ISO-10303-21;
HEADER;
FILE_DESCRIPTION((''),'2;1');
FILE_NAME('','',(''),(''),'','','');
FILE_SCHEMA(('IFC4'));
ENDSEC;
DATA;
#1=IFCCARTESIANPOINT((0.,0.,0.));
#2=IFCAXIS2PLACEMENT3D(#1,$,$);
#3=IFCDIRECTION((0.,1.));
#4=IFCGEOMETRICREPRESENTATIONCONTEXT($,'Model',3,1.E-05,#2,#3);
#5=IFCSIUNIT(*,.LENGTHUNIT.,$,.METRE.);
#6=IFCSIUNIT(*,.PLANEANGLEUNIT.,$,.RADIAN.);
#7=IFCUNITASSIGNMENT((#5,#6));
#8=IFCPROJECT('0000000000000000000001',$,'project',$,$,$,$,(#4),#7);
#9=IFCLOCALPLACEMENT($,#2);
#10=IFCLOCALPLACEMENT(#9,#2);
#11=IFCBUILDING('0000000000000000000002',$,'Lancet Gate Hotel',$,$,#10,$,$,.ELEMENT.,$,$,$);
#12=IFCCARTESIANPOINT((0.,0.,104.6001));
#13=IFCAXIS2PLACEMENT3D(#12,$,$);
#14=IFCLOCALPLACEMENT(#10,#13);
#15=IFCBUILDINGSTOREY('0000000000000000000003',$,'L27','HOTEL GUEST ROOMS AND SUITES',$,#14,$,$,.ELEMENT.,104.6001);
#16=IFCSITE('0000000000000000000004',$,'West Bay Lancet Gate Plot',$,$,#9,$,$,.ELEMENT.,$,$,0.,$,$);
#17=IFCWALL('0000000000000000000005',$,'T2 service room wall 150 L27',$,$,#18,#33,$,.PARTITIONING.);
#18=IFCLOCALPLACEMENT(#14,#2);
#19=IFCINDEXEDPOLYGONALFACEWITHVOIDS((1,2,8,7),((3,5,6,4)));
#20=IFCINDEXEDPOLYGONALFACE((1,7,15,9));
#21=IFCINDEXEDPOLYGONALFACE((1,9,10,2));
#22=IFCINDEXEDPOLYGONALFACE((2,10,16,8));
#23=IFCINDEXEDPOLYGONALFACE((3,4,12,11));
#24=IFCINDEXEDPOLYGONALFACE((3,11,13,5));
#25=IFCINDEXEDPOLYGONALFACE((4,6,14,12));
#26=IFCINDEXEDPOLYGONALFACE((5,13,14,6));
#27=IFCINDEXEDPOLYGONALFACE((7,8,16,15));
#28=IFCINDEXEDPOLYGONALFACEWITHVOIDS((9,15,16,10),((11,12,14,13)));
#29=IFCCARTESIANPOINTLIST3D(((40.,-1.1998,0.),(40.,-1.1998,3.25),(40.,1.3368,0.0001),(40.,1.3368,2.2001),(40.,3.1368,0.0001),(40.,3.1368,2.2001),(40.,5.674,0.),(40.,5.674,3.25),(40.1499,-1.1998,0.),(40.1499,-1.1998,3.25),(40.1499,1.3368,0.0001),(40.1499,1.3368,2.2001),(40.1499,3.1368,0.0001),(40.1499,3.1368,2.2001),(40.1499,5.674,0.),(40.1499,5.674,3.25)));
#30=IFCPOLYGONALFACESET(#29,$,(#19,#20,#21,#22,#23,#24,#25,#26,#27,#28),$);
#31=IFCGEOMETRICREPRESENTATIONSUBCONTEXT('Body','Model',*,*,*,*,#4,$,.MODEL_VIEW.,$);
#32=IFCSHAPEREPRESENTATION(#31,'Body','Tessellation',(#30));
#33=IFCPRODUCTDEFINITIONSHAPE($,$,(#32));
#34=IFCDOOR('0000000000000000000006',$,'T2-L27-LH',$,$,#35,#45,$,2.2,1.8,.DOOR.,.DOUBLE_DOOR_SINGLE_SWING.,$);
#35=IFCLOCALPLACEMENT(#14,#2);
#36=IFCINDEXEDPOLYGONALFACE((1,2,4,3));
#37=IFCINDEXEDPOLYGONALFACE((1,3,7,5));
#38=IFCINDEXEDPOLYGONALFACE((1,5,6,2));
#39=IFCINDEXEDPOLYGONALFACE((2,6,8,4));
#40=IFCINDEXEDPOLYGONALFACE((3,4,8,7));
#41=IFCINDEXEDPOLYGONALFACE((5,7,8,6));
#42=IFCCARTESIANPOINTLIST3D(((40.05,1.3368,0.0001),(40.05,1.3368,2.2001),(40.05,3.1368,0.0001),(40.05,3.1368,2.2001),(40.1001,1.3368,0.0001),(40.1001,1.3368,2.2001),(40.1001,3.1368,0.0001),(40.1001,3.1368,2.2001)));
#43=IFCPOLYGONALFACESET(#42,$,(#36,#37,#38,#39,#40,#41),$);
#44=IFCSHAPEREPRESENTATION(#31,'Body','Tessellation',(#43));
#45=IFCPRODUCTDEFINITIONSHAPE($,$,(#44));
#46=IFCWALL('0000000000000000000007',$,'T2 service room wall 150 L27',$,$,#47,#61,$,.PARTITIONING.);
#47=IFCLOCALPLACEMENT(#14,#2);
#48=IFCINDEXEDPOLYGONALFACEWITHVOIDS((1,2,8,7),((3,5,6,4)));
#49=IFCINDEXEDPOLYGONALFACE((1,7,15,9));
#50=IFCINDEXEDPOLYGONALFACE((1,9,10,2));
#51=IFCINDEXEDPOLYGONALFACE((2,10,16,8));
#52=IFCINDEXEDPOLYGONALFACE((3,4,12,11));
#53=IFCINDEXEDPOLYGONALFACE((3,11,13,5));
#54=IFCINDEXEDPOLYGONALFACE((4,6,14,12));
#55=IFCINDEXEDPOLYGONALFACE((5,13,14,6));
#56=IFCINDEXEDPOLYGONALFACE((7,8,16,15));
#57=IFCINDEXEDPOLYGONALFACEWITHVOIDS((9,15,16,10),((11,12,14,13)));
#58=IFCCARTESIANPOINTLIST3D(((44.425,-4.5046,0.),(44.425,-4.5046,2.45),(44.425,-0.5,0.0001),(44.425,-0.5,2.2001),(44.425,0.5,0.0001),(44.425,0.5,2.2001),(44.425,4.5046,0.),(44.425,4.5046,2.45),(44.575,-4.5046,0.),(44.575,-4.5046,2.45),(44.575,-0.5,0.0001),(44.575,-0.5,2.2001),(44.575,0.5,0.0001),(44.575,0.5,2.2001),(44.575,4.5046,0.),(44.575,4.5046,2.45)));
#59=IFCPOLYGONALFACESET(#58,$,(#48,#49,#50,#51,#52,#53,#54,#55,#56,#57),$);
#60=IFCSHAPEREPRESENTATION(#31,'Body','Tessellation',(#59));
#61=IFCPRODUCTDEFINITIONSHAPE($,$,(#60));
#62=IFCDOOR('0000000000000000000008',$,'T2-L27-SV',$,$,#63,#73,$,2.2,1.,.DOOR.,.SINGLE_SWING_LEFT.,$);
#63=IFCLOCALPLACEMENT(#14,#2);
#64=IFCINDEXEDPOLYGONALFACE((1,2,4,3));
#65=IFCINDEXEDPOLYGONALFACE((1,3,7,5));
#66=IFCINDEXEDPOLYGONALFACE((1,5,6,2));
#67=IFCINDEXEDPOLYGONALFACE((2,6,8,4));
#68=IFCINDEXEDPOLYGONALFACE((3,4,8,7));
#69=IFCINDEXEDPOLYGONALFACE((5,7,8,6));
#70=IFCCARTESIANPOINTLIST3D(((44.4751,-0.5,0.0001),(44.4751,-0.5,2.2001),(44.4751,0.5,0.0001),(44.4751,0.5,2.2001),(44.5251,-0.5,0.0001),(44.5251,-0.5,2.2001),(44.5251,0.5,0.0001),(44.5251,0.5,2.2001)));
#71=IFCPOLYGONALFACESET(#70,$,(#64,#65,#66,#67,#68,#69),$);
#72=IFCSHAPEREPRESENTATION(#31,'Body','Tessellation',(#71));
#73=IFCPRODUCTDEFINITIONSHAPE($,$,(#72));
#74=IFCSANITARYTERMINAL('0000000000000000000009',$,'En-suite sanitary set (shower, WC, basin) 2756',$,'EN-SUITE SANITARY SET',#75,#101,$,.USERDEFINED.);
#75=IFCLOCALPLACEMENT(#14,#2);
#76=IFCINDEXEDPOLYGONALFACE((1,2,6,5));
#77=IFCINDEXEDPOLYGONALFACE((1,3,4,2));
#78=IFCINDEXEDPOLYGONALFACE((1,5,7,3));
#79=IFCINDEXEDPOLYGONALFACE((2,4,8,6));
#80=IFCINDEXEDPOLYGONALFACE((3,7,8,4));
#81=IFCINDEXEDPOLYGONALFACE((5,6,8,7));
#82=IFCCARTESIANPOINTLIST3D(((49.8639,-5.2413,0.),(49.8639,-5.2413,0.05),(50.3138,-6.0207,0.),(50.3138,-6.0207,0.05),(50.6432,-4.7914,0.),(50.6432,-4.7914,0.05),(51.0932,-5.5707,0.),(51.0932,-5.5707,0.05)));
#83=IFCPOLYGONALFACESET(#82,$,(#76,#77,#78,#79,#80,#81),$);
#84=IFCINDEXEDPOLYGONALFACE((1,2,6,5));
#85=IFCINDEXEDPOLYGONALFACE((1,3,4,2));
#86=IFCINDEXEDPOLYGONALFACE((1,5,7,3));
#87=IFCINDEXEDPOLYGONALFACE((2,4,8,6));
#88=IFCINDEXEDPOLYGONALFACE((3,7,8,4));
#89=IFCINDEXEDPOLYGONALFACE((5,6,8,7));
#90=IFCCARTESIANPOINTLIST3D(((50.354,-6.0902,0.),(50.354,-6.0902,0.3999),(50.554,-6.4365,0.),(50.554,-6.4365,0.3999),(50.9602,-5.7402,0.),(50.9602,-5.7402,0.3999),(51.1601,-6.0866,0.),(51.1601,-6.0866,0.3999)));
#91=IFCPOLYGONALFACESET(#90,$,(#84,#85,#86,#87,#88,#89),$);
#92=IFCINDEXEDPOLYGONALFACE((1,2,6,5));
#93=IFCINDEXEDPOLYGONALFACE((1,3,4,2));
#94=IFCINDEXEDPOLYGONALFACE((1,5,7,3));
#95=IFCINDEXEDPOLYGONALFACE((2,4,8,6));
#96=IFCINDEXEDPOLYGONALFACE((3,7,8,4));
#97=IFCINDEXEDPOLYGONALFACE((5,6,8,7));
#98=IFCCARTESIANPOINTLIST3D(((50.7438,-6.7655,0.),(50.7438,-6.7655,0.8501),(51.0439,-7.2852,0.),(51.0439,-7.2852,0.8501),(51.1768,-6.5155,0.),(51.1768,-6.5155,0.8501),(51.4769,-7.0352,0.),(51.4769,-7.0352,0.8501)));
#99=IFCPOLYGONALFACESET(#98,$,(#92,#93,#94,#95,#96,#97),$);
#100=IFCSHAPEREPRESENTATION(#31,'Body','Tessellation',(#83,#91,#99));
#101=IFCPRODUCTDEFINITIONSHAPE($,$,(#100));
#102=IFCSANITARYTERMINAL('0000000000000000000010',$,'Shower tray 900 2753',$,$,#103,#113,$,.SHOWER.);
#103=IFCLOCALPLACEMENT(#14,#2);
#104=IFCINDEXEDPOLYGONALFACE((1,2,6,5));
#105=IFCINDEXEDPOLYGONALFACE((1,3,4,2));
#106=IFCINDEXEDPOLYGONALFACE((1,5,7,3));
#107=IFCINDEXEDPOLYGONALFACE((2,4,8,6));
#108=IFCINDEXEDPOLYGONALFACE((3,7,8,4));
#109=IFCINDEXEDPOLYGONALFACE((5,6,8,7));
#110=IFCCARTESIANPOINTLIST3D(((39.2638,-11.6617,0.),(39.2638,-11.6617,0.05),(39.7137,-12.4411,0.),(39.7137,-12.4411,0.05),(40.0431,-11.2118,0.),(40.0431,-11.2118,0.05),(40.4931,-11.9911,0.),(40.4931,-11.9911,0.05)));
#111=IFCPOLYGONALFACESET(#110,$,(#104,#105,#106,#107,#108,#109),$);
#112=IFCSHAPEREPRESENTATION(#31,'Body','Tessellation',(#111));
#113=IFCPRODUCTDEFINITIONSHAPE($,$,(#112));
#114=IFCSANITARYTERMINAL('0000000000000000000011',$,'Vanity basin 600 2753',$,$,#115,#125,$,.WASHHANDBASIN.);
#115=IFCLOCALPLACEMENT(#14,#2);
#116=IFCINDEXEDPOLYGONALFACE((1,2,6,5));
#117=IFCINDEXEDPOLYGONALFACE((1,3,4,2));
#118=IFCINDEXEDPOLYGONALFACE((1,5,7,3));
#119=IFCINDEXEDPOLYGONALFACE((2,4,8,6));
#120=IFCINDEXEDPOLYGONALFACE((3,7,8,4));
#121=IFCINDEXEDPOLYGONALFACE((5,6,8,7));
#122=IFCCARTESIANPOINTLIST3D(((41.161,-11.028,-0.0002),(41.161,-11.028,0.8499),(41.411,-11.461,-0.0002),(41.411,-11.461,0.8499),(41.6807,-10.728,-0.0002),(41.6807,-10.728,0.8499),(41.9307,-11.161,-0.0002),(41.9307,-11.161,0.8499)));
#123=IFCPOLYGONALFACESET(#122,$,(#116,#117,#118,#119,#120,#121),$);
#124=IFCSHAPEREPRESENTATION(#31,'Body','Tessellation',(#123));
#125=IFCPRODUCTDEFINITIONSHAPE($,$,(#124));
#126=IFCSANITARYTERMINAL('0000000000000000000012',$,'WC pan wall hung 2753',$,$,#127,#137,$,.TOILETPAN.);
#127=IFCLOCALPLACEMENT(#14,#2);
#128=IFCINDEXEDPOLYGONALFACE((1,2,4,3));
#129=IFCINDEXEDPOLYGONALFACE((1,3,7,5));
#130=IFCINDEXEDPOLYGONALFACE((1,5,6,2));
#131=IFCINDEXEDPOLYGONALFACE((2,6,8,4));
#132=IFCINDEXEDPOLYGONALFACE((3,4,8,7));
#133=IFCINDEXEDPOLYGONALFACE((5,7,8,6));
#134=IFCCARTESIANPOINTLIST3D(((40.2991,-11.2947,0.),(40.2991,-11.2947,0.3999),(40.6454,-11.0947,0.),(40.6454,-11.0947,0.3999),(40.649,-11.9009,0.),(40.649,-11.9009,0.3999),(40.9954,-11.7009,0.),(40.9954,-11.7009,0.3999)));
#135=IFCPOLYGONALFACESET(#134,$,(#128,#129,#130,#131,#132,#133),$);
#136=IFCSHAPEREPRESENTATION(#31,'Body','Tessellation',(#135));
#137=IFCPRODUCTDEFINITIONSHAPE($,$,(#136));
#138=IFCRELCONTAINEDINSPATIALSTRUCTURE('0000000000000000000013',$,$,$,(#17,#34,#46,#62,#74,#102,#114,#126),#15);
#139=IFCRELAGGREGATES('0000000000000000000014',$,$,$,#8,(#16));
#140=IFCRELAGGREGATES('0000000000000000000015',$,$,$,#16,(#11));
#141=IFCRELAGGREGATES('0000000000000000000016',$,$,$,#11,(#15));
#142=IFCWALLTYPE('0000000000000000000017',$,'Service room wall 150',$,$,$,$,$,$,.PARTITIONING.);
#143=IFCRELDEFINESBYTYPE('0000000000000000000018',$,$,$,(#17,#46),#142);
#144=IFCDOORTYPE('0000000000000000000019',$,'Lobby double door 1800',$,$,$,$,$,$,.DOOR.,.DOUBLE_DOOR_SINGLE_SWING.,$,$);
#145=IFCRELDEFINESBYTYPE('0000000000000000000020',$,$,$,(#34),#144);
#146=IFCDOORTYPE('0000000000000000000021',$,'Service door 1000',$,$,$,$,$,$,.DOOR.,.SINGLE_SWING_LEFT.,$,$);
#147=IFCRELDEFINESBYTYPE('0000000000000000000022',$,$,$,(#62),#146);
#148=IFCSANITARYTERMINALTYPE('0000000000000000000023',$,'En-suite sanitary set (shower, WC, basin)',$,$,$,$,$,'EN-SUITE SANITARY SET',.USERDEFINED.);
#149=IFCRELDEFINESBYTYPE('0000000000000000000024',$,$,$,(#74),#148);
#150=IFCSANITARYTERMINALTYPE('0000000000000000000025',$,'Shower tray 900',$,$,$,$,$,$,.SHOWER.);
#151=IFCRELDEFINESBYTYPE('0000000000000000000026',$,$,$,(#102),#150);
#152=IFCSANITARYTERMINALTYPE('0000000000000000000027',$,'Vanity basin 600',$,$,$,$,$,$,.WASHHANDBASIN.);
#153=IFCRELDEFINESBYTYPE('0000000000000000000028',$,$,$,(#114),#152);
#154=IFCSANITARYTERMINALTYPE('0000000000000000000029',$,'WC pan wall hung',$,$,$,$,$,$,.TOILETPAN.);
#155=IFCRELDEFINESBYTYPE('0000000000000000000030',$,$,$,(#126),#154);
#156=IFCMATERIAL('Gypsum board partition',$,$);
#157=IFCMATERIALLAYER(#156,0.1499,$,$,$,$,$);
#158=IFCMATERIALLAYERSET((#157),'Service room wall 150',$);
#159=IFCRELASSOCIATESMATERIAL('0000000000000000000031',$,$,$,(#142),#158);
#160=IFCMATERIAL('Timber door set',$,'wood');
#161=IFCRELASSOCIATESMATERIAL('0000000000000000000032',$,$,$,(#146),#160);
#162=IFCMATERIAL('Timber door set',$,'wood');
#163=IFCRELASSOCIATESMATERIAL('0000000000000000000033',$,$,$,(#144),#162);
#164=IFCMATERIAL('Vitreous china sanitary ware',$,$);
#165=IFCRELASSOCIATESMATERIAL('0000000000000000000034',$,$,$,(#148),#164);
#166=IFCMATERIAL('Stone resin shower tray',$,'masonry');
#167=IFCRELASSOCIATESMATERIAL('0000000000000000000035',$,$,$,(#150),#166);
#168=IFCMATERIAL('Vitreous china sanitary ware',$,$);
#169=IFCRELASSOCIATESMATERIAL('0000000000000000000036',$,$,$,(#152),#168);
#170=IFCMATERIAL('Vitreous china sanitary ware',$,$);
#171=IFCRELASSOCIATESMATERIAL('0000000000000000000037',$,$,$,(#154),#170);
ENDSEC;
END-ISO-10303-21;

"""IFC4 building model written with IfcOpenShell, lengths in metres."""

from ifc_helpers import new_model, si_unit, direction, frame, frame_2d, origin, origin_2d, place, context, subcontext, project, spatial, rectangle, extrude, material, layer, layer_set, type_object, element, fill, save


model = new_model("IFC4")

# Units and contexts
model_context = context("Model", 3, precision=1e-05, world=origin(), true_north=direction((0.0, 1.0)))
body_context = subcontext(model_context, "Body", "Model", "MODEL_VIEW")
ifc_project = project(units=[si_unit("LENGTHUNIT", "METRE"), si_unit("PLANEANGLEUNIT", "RADIAN")], contexts=[model_context])

# Site, building, storey
site_placement = place(None, origin())
site = spatial("IfcSite", under=ifc_project, at=site_placement, Name="West Bay Lancet Gate Plot", CompositionType="ELEMENT", RefElevation=0.0)
building_placement = place(site_placement, origin())
building = spatial("IfcBuilding", under=site, at=building_placement, Name="Lancet Gate Hotel", CompositionType="ELEMENT")
storey_placement = place(building_placement, frame((0.0, 0.0, 104.6001)))
storey = spatial("IfcBuildingStorey", under=building, at=storey_placement, Name="L27", Description="HOTEL GUEST ROOMS AND SUITES", CompositionType="ELEMENT", Elevation=104.6001)

# Walls, openings, doors
ifc_material_1 = material(Name="Gypsum board partition")
ifc_layer_1 = layer(ifc_material_1, 0.1499)
ifc_layer_set_1 = layer_set([ifc_layer_1], Name="Service room wall 150")
wall_type_1 = type_object("IfcWallType", Name="Service room wall 150", PredefinedType="PARTITIONING", material=ifc_layer_set_1)
ifc_material_2 = material(Name="Timber door set", Category="wood")
door_type_1 = type_object("IfcDoorType", Name="Service door 1000", OperationType="SINGLE_SWING_LEFT", PredefinedType="DOOR", material=ifc_material_2)
wall_1_placement = place(storey_placement, frame((40.075, -1.2, 0.0), z_axis=(0.0, 0.0, 1.0), x_axis=(0.0, 1.0, 0.0)))
wall_1 = element("IfcWall", 1, at=wall_1_placement, inside=storey, type_object=wall_type_1, Name="T2 service room wall 150 L27", PredefinedType="PARTITIONING", context=body_context, shape_type="SweptSolid", body=[
    extrude(rectangle(XDim=6.8738, YDim=0.1499, at=frame_2d((3.437, 0.0))), origin(), (0.0, 0.0, 1.0), 3.25),
])
opening_1_placement = place(wall_1_placement, frame((2.5369, 0.0, 0.0)))
opening_1 = element("IfcOpeningElement", 2, at=opening_1_placement, cuts=wall_1, PredefinedType="OPENING", context=body_context, shape_type="SweptSolid", body=[
    extrude(rectangle(XDim=1.8, YDim=2.2, at=frame_2d((0.8999, 1.1001))), frame((0.0, 0.085, 0.0), z_axis=(0.0, -1.0, 0.0), x_axis=(1.0, 0.0, 0.0)), (0.0, 0.0, 1.0), 0.1699),
])
ifc_material_3 = material(Name="Timber door set", Category="wood")
door_type_2 = type_object("IfcDoorType", Name="Lobby double door 1800", OperationType="DOUBLE_DOOR_SINGLE_SWING", PredefinedType="DOOR", material=ifc_material_3)
door_1_placement = place(opening_1_placement, origin())
door_1 = element("IfcDoor", 3, at=door_1_placement, inside=storey, type_object=door_type_2, Name="T2-L27-LH", OperationType="DOUBLE_DOOR_SINGLE_SWING", OverallHeight=2.2, OverallWidth=1.8, PredefinedType="DOOR", context=body_context, shape_type="SweptSolid", body=[
    extrude(rectangle(XDim=1.8, YDim=2.2, at=frame_2d((0.8999, 1.1001))), frame((0.0, 0.0249, 0.0), z_axis=(0.0, -1.0, 0.0), x_axis=(1.0, 0.0, 0.0)), (0.0, 0.0, 1.0), 0.05),
])
fill(opening_1, door_1)
wall_2_placement = place(storey_placement, frame((44.5, -4.5046, 0.0), z_axis=(0.0, 0.0, 1.0), x_axis=(0.0, 1.0, 0.0)))
wall_2 = element("IfcWall", 4, at=wall_2_placement, inside=storey, type_object=wall_type_1, Name="T2 service room wall 150 L27", PredefinedType="PARTITIONING", context=body_context, shape_type="SweptSolid", body=[
    extrude(rectangle(XDim=9.0093, YDim=0.1499, at=frame_2d((4.5046, 0.0))), origin(), (0.0, 0.0, 1.0), 2.45),
])
opening_2_placement = place(wall_2_placement, frame((4.0046, 0.0, 0.0)))
opening_2 = element("IfcOpeningElement", 5, at=opening_2_placement, cuts=wall_2, PredefinedType="OPENING", context=body_context, shape_type="SweptSolid", body=[
    extrude(rectangle(XDim=1.0, YDim=2.2, at=frame_2d((0.5, 1.1001))), frame((0.0, 0.085, 0.0), z_axis=(0.0, -1.0, 0.0), x_axis=(1.0, 0.0, 0.0)), (0.0, 0.0, 1.0), 0.1699),
])
door_2_placement = place(opening_2_placement, origin())
door_2 = element("IfcDoor", 6, at=door_2_placement, inside=storey, type_object=door_type_1, Name="T2-L27-SV", OperationType="SINGLE_SWING_LEFT", OverallHeight=2.2, OverallWidth=1.0, PredefinedType="DOOR", context=body_context, shape_type="SweptSolid", body=[
    extrude(rectangle(XDim=1.0, YDim=2.2, at=frame_2d((0.5, 1.1001))), frame((0.0, 0.0249, 0.0), z_axis=(0.0, -1.0, 0.0), x_axis=(1.0, 0.0, 0.0)), (0.0, 0.0, 1.0), 0.05),
])
fill(opening_2, door_2)

# Sanitary terminals
ifc_material_4 = material(Name="Vitreous china sanitary ware")
sanitary_terminal_type_1 = type_object("IfcSanitaryTerminalType", Name="En-suite sanitary set (shower, WC, basin)", ElementType="EN-SUITE SANITARY SET", PredefinedType="USERDEFINED", material=ifc_material_4)
sanitary_terminal_1_placement = place(storey_placement, frame((50.4785, -5.406, 0.0), z_axis=(0.0, 0.0, 1.0), x_axis=(1.0, 0.0, 0.0)))
element("IfcSanitaryTerminal", 7, at=sanitary_terminal_1_placement, inside=storey, type_object=sanitary_terminal_type_1, Name="En-suite sanitary set (shower, WC, basin) 2756", ObjectType="EN-SUITE SANITARY SET", PredefinedType="USERDEFINED", context=body_context, shape_type="SweptSolid", body=[
    extrude(rectangle(XDim=0.8999, YDim=0.8999, at=origin_2d()), frame((0.0, 0.0, 0.0), z_axis=(0.0, 0.0, 1.0), x_axis=(-0.5, 0.866025, 0.0)), (0.0, 0.0, 1.0), 0.05),
    extrude(rectangle(XDim=0.3999, YDim=0.7, at=origin_2d()), frame((0.2786, -0.6824, 0.0), z_axis=(0.0, 0.0, 1.0), x_axis=(-0.5, 0.866025, 0.0)), (0.0, 0.0, 1.0), 0.3999),
    extrude(rectangle(XDim=0.6001, YDim=0.5, at=origin_2d()), frame((0.6318, -1.4944, 0.0), z_axis=(0.0, 0.0, 1.0), x_axis=(-0.5, 0.866025, 0.0)), (0.0, 0.0, 1.0), 0.8501),
])
ifc_material_5 = material(Name="Stone resin shower tray", Category="masonry")
sanitary_terminal_type_2 = type_object("IfcSanitaryTerminalType", Name="Shower tray 900", PredefinedType="SHOWER", material=ifc_material_5)
sanitary_terminal_2_placement = place(storey_placement, frame((39.8784, -11.8264, 0.0), z_axis=(0.0, 0.0, 1.0), x_axis=(-0.866025, -0.5, 0.0)))
element("IfcSanitaryTerminal", 8, at=sanitary_terminal_2_placement, inside=storey, type_object=sanitary_terminal_type_2, Name="Shower tray 900 2753", PredefinedType="SHOWER", context=body_context, shape_type="SweptSolid", body=[
    extrude(rectangle(XDim=0.8999, YDim=0.8999, at=origin_2d()), origin(), (0.0, 0.0, 1.0), 0.05),
])
ifc_material_6 = material(Name="Vitreous china sanitary ware")
sanitary_terminal_type_3 = type_object("IfcSanitaryTerminalType", Name="Vanity basin 600", PredefinedType="WASHHANDBASIN", material=ifc_material_6)
sanitary_terminal_3_placement = place(storey_placement, frame((41.5459, -11.0945, -0.0002), z_axis=(0.0, 0.0, 1.0), x_axis=(-0.866025, -0.5, 0.0)))
element("IfcSanitaryTerminal", 9, at=sanitary_terminal_3_placement, inside=storey, type_object=sanitary_terminal_type_3, Name="Vanity basin 600 2753", PredefinedType="WASHHANDBASIN", context=body_context, shape_type="SweptSolid", body=[
    extrude(rectangle(XDim=0.6001, YDim=0.5, at=origin_2d()), origin(), (0.0, 0.0, 1.0), 0.8501),
])
ifc_material_7 = material(Name="Vitreous china sanitary ware")
sanitary_terminal_type_4 = type_object("IfcSanitaryTerminalType", Name="WC pan wall hung", PredefinedType="TOILETPAN", material=ifc_material_7)
sanitary_terminal_4_placement = place(storey_placement, frame((40.6472, -11.4978, 0.0), z_axis=(0.0, 0.0, 1.0), x_axis=(-0.866025, -0.5, 0.0)))
element("IfcSanitaryTerminal", 10, at=sanitary_terminal_4_placement, inside=storey, type_object=sanitary_terminal_type_4, Name="WC pan wall hung 2753", PredefinedType="TOILETPAN", context=body_context, shape_type="SweptSolid", body=[
    extrude(rectangle(XDim=0.3999, YDim=0.7, at=origin_2d()), origin(), (0.0, 0.0, 1.0), 0.3999),
])

save(model, "model.ifc")
